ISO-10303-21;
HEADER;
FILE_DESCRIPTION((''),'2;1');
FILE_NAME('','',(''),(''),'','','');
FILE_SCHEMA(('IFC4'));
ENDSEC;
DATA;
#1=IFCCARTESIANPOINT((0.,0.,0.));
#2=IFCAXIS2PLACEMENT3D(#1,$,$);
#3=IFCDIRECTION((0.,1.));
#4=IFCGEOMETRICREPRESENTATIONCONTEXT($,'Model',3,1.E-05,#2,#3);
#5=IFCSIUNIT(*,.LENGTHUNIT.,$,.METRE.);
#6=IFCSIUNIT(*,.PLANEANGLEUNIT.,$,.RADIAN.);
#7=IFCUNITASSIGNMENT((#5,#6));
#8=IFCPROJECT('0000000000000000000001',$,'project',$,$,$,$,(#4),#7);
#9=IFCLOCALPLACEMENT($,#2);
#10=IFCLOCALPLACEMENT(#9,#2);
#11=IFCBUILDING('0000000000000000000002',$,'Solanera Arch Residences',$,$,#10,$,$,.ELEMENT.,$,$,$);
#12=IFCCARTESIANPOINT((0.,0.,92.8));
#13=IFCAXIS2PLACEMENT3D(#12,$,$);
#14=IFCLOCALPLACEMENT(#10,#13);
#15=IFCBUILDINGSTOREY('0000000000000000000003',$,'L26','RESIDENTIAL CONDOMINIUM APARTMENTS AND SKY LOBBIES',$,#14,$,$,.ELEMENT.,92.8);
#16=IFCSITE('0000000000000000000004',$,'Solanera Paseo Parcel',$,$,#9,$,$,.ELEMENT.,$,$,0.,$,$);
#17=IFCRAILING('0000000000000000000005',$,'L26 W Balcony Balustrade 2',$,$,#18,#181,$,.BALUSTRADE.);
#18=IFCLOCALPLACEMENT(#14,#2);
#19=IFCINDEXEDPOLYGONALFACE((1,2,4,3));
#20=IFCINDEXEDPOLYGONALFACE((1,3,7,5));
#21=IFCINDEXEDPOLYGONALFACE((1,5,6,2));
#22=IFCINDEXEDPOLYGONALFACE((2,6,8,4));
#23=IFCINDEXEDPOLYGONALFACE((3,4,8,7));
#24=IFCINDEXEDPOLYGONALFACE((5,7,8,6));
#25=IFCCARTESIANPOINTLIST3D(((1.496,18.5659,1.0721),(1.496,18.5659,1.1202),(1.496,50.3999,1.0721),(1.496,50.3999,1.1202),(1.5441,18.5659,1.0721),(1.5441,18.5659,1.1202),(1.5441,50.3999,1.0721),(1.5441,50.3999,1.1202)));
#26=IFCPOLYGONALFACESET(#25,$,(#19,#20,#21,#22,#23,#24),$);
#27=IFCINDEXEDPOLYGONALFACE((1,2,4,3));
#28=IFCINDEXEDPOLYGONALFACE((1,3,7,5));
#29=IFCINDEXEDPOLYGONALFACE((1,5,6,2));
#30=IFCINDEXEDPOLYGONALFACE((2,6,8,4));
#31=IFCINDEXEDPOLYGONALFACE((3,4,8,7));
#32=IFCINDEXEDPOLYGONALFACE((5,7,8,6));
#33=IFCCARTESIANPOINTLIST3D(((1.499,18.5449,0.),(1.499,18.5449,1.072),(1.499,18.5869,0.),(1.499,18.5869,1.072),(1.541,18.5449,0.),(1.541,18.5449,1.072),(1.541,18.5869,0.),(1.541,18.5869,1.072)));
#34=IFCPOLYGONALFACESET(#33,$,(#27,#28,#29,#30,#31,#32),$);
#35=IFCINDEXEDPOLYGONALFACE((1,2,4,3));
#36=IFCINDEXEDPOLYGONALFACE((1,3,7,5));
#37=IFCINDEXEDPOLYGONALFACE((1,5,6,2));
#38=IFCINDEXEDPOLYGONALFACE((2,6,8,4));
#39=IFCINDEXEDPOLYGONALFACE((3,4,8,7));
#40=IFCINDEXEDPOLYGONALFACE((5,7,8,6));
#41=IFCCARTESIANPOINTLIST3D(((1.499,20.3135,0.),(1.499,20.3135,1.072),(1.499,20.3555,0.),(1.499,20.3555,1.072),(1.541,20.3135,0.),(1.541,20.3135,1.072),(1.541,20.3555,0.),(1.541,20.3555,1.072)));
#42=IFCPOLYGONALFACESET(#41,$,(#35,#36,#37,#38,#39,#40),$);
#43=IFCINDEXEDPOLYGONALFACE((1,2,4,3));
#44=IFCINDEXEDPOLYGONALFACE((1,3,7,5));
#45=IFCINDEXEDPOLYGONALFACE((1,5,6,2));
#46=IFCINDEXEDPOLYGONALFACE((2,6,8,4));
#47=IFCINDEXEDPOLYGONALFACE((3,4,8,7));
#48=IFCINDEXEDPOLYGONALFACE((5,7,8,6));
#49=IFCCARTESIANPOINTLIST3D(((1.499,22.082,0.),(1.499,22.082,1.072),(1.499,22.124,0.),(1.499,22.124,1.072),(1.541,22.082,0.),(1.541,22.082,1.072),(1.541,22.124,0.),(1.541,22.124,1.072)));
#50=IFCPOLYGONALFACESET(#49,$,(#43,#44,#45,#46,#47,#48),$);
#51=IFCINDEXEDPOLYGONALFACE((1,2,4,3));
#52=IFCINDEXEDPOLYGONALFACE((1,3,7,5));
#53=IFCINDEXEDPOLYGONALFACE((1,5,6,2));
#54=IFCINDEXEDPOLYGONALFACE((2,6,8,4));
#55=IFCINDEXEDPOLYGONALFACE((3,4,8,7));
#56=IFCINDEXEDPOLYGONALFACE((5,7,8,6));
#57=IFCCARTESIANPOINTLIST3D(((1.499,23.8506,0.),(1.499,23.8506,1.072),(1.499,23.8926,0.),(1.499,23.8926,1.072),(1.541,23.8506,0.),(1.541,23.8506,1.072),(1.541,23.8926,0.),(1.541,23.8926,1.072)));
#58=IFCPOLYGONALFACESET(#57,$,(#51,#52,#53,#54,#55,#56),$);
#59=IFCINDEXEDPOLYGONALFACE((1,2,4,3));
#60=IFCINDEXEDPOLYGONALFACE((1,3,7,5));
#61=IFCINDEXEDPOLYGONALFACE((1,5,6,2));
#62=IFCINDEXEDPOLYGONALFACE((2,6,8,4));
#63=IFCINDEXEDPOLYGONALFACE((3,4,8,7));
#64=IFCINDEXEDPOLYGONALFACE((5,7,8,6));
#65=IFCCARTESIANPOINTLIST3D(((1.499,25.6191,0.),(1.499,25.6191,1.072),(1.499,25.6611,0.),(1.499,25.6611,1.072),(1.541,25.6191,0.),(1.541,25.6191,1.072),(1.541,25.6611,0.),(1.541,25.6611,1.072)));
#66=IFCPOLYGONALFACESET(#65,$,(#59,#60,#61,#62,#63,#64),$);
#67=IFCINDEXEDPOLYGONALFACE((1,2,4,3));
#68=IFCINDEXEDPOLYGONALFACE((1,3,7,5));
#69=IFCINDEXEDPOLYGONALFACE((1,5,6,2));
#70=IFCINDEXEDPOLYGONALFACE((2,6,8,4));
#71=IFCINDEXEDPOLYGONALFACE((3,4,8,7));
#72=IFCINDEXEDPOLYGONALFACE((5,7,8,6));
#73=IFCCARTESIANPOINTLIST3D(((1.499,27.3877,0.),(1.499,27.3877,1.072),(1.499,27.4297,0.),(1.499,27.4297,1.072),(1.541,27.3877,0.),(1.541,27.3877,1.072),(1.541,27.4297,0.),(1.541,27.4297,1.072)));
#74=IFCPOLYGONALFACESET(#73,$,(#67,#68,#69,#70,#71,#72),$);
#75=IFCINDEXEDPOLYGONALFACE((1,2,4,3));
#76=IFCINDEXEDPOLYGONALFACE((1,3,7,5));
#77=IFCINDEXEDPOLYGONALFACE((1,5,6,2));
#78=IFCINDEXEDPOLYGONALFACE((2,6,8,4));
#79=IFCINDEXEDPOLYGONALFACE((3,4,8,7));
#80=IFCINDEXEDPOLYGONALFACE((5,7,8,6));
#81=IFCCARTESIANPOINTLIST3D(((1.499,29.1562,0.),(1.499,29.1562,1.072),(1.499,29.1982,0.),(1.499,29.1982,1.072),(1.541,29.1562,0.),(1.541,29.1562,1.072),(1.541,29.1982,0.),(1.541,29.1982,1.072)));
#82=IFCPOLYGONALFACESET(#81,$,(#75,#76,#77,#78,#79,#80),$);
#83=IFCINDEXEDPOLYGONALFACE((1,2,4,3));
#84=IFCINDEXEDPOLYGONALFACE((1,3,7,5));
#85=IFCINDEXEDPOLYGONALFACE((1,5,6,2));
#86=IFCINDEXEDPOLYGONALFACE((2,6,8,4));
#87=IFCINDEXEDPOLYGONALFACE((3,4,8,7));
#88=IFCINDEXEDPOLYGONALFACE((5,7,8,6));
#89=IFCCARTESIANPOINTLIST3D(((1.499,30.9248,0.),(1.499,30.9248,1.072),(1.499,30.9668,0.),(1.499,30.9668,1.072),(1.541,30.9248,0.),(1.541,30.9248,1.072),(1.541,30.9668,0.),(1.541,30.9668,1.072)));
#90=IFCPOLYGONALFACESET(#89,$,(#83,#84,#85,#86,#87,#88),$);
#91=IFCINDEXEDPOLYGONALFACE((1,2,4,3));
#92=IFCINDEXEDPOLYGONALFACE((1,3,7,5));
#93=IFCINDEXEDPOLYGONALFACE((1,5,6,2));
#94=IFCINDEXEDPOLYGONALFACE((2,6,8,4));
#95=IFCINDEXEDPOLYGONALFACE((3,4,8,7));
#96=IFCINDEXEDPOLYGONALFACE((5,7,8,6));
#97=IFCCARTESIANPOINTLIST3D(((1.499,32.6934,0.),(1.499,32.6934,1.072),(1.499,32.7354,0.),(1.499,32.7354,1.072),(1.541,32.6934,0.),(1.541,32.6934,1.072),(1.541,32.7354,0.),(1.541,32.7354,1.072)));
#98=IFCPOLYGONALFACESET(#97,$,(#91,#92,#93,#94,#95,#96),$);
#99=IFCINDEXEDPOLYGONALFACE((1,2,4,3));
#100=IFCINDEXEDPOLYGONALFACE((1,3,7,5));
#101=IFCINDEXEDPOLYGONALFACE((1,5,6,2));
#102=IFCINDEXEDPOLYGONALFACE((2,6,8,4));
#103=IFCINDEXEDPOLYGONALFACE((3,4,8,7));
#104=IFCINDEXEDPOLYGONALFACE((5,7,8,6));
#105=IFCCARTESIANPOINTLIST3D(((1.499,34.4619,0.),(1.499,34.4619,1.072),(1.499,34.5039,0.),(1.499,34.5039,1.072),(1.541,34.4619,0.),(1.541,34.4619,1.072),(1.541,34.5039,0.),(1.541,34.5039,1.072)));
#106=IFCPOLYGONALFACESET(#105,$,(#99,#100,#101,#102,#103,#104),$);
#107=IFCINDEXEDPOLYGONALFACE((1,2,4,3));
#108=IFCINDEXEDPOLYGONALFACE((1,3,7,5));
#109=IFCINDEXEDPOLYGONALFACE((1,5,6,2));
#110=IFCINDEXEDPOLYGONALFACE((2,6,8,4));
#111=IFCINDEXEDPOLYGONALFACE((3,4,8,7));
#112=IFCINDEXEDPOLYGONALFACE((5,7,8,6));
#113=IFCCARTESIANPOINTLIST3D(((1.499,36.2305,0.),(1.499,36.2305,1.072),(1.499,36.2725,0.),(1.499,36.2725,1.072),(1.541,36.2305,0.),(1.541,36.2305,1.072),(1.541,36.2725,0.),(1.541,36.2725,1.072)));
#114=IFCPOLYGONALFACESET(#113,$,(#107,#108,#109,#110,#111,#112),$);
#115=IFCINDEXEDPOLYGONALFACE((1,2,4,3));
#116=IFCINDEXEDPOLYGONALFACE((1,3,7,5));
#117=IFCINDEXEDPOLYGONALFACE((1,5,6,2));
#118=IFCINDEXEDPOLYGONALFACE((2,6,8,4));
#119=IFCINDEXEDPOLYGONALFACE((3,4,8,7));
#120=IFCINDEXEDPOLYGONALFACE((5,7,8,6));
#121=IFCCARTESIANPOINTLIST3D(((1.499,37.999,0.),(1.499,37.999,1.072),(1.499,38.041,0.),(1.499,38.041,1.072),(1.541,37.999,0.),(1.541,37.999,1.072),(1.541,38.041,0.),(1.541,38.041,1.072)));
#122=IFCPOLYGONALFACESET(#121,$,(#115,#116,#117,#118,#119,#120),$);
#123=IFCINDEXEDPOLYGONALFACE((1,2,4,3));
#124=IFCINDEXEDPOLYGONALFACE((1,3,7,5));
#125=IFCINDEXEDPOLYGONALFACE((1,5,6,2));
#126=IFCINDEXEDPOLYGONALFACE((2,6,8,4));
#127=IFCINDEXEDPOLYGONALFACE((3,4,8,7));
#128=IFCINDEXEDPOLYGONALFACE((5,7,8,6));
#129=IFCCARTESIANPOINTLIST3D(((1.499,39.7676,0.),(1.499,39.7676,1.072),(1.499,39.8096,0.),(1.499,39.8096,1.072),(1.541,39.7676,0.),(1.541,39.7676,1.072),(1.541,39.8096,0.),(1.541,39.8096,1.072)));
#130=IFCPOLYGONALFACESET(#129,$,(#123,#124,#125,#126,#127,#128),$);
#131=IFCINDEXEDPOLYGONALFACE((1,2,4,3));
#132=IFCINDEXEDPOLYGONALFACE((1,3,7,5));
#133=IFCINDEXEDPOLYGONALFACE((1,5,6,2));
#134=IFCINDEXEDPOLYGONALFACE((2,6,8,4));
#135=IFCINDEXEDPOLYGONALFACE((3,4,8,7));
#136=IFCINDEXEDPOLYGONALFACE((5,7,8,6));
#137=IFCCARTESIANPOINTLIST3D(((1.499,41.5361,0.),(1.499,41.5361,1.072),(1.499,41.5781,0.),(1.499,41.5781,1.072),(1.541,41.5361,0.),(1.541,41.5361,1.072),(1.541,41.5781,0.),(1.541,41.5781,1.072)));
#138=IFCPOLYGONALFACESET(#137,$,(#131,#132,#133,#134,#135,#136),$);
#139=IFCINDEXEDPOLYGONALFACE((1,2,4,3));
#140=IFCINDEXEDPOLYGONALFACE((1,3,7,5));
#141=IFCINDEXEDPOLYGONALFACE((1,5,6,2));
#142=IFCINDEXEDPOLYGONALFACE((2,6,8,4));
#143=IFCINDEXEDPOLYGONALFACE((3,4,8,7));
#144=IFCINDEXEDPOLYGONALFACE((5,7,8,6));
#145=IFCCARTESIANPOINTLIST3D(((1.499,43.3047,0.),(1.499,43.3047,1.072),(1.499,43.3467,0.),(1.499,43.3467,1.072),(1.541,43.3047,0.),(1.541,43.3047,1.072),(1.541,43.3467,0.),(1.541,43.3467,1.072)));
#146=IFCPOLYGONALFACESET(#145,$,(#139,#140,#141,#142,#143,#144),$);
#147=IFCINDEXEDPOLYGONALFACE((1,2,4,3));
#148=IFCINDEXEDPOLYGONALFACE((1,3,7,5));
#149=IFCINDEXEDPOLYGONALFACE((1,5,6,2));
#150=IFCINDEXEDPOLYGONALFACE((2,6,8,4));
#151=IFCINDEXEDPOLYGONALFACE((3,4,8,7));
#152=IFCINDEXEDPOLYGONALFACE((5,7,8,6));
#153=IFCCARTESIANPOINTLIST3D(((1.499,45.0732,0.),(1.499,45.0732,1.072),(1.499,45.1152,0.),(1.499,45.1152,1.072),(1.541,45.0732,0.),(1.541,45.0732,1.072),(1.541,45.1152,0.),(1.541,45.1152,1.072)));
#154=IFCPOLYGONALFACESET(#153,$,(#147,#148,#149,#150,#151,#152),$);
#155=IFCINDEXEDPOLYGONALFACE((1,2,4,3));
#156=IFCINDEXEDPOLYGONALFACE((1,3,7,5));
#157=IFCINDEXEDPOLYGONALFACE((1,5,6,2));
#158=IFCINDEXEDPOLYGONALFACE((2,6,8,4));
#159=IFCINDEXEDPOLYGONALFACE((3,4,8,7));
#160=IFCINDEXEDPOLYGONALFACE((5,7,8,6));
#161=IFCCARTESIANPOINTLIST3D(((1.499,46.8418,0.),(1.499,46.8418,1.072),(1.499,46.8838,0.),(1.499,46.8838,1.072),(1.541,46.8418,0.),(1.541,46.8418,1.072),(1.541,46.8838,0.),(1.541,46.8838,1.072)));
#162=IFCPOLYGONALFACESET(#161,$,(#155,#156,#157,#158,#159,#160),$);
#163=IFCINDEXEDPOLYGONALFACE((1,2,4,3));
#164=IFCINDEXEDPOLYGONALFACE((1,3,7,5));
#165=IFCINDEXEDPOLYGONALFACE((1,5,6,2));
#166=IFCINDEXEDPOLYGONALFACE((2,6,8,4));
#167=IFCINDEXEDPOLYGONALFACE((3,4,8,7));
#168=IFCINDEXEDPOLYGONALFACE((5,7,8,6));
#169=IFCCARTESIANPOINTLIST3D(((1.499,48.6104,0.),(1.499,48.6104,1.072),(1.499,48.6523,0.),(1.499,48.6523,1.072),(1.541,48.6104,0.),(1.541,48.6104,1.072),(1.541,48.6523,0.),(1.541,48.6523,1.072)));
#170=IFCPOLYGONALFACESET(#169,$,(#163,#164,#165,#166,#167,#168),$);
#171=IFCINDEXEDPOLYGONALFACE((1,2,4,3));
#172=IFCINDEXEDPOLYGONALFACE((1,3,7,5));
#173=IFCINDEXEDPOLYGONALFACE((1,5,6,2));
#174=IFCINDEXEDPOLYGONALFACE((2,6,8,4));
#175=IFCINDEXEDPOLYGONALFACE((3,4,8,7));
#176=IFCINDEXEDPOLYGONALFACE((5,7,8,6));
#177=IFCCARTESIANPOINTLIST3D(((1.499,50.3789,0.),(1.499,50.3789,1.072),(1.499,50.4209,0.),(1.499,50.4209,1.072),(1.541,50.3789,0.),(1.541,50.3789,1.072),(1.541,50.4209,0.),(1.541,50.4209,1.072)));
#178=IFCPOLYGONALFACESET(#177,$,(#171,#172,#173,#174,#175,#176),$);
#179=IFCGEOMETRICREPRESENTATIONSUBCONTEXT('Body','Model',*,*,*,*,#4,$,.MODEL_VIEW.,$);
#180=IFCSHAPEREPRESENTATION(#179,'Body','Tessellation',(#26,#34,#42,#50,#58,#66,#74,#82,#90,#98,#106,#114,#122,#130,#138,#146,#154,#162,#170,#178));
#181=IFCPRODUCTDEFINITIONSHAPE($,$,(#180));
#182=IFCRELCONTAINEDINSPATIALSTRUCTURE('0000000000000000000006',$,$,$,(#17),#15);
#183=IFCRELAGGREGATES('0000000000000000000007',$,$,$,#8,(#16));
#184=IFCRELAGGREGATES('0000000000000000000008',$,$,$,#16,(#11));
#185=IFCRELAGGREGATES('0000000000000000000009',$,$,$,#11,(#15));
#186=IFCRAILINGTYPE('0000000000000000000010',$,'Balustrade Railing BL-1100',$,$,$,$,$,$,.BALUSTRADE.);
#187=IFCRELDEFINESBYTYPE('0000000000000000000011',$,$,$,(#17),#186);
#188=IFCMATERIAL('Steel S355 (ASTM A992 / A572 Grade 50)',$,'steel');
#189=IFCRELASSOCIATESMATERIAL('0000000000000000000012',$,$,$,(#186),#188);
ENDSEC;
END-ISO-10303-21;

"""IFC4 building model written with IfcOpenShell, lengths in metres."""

from ifc_helpers import new_model, si_unit, direction, frame, origin, origin_2d, place, context, subcontext, project, spatial, rectangle, extrude, material, type_object, element, save


model = new_model("IFC4")

# Units and contexts
model_context = context("Model", 3, precision=1e-05, world=origin(), true_north=direction((0.0, 1.0)))
body_context = subcontext(model_context, "Body", "Model", "MODEL_VIEW")
ifc_project = project(units=[si_unit("LENGTHUNIT", "METRE"), si_unit("PLANEANGLEUNIT", "RADIAN")], contexts=[model_context])

# Site, building, storey
site_placement = place(None, origin())
site = spatial("IfcSite", under=ifc_project, at=site_placement, Name="Solanera Paseo Parcel", CompositionType="ELEMENT", RefElevation=0.0)
building_placement = place(site_placement, origin())
building = spatial("IfcBuilding", under=site, at=building_placement, Name="Solanera Arch Residences", CompositionType="ELEMENT")
storey_placement = place(building_placement, frame((0.0, 0.0, 92.8)))
storey = spatial("IfcBuildingStorey", under=building, at=storey_placement, Name="L26", Description="RESIDENTIAL CONDOMINIUM APARTMENTS AND SKY LOBBIES", CompositionType="ELEMENT", Elevation=92.8)

# Railing
ifc_material_1 = material(Name="Steel S355 (ASTM A992 / A572 Grade 50)", Category="steel")
railing_type = type_object("IfcRailingType", Name="Balustrade Railing BL-1100", PredefinedType="BALUSTRADE", material=ifc_material_1)
railing_placement = place(storey_placement, frame((1.52, 18.5659, 0.0)))
element("IfcRailing", 1, at=railing_placement, inside=storey, type_object=railing_type, Name="L26 W Balcony Balustrade 2", PredefinedType="BALUSTRADE", context=body_context, shape_type="SweptSolid", body=[
    extrude(rectangle(XDim=0.0481, YDim=0.0481, at=origin_2d()), frame((0.0, 0.0, 1.0962), z_axis=(0.0, 1.0, 0.0), x_axis=(-1.0, 0.0, 0.0)), (0.0, 0.0, 1.0), 31.834),
    extrude(rectangle(XDim=0.042, YDim=0.042, at=origin_2d()), origin(), (0.0, 0.0, 1.0), 1.072),
    extrude(rectangle(XDim=0.042, YDim=0.042, at=origin_2d()), frame((0.0, 1.7686, 0.0)), (0.0, 0.0, 1.0), 1.072),
    extrude(rectangle(XDim=0.042, YDim=0.042, at=origin_2d()), frame((0.0, 3.5371, 0.0)), (0.0, 0.0, 1.0), 1.072),
    extrude(rectangle(XDim=0.042, YDim=0.042, at=origin_2d()), frame((0.0, 5.3057, 0.0)), (0.0, 0.0, 1.0), 1.072),
    extrude(rectangle(XDim=0.042, YDim=0.042, at=origin_2d()), frame((0.0, 7.0742, 0.0)), (0.0, 0.0, 1.0), 1.072),
    extrude(rectangle(XDim=0.042, YDim=0.042, at=origin_2d()), frame((0.0, 8.8428, 0.0)), (0.0, 0.0, 1.0), 1.072),
    extrude(rectangle(XDim=0.042, YDim=0.042, at=origin_2d()), frame((0.0, 10.6113, 0.0)), (0.0, 0.0, 1.0), 1.072),
    extrude(rectangle(XDim=0.042, YDim=0.042, at=origin_2d()), frame((0.0, 12.3799, 0.0)), (0.0, 0.0, 1.0), 1.072),
    extrude(rectangle(XDim=0.042, YDim=0.042, at=origin_2d()), frame((0.0, 14.1484, 0.0)), (0.0, 0.0, 1.0), 1.072),
    extrude(rectangle(XDim=0.042, YDim=0.042, at=origin_2d()), frame((0.0, 15.917, 0.0)), (0.0, 0.0, 1.0), 1.072),
    extrude(rectangle(XDim=0.042, YDim=0.042, at=origin_2d()), frame((0.0, 17.6855, 0.0)), (0.0, 0.0, 1.0), 1.072),
    extrude(rectangle(XDim=0.042, YDim=0.042, at=origin_2d()), frame((0.0, 19.4541, 0.0)), (0.0, 0.0, 1.0), 1.072),
    extrude(rectangle(XDim=0.042, YDim=0.042, at=origin_2d()), frame((0.0, 21.2227, 0.0)), (0.0, 0.0, 1.0), 1.072),
    extrude(rectangle(XDim=0.042, YDim=0.042, at=origin_2d()), frame((0.0, 22.9912, 0.0)), (0.0, 0.0, 1.0), 1.072),
    extrude(rectangle(XDim=0.042, YDim=0.042, at=origin_2d()), frame((0.0, 24.7598, 0.0)), (0.0, 0.0, 1.0), 1.072),
    extrude(rectangle(XDim=0.042, YDim=0.042, at=origin_2d()), frame((0.0, 26.5283, 0.0)), (0.0, 0.0, 1.0), 1.072),
    extrude(rectangle(XDim=0.042, YDim=0.042, at=origin_2d()), frame((0.0, 28.2969, 0.0)), (0.0, 0.0, 1.0), 1.072),
    extrude(rectangle(XDim=0.042, YDim=0.042, at=origin_2d()), frame((0.0, 30.0654, 0.0)), (0.0, 0.0, 1.0), 1.072),
    extrude(rectangle(XDim=0.042, YDim=0.042, at=origin_2d()), frame((0.0, 31.834, 0.0)), (0.0, 0.0, 1.0), 1.072),
])

save(model, "model.ifc")
